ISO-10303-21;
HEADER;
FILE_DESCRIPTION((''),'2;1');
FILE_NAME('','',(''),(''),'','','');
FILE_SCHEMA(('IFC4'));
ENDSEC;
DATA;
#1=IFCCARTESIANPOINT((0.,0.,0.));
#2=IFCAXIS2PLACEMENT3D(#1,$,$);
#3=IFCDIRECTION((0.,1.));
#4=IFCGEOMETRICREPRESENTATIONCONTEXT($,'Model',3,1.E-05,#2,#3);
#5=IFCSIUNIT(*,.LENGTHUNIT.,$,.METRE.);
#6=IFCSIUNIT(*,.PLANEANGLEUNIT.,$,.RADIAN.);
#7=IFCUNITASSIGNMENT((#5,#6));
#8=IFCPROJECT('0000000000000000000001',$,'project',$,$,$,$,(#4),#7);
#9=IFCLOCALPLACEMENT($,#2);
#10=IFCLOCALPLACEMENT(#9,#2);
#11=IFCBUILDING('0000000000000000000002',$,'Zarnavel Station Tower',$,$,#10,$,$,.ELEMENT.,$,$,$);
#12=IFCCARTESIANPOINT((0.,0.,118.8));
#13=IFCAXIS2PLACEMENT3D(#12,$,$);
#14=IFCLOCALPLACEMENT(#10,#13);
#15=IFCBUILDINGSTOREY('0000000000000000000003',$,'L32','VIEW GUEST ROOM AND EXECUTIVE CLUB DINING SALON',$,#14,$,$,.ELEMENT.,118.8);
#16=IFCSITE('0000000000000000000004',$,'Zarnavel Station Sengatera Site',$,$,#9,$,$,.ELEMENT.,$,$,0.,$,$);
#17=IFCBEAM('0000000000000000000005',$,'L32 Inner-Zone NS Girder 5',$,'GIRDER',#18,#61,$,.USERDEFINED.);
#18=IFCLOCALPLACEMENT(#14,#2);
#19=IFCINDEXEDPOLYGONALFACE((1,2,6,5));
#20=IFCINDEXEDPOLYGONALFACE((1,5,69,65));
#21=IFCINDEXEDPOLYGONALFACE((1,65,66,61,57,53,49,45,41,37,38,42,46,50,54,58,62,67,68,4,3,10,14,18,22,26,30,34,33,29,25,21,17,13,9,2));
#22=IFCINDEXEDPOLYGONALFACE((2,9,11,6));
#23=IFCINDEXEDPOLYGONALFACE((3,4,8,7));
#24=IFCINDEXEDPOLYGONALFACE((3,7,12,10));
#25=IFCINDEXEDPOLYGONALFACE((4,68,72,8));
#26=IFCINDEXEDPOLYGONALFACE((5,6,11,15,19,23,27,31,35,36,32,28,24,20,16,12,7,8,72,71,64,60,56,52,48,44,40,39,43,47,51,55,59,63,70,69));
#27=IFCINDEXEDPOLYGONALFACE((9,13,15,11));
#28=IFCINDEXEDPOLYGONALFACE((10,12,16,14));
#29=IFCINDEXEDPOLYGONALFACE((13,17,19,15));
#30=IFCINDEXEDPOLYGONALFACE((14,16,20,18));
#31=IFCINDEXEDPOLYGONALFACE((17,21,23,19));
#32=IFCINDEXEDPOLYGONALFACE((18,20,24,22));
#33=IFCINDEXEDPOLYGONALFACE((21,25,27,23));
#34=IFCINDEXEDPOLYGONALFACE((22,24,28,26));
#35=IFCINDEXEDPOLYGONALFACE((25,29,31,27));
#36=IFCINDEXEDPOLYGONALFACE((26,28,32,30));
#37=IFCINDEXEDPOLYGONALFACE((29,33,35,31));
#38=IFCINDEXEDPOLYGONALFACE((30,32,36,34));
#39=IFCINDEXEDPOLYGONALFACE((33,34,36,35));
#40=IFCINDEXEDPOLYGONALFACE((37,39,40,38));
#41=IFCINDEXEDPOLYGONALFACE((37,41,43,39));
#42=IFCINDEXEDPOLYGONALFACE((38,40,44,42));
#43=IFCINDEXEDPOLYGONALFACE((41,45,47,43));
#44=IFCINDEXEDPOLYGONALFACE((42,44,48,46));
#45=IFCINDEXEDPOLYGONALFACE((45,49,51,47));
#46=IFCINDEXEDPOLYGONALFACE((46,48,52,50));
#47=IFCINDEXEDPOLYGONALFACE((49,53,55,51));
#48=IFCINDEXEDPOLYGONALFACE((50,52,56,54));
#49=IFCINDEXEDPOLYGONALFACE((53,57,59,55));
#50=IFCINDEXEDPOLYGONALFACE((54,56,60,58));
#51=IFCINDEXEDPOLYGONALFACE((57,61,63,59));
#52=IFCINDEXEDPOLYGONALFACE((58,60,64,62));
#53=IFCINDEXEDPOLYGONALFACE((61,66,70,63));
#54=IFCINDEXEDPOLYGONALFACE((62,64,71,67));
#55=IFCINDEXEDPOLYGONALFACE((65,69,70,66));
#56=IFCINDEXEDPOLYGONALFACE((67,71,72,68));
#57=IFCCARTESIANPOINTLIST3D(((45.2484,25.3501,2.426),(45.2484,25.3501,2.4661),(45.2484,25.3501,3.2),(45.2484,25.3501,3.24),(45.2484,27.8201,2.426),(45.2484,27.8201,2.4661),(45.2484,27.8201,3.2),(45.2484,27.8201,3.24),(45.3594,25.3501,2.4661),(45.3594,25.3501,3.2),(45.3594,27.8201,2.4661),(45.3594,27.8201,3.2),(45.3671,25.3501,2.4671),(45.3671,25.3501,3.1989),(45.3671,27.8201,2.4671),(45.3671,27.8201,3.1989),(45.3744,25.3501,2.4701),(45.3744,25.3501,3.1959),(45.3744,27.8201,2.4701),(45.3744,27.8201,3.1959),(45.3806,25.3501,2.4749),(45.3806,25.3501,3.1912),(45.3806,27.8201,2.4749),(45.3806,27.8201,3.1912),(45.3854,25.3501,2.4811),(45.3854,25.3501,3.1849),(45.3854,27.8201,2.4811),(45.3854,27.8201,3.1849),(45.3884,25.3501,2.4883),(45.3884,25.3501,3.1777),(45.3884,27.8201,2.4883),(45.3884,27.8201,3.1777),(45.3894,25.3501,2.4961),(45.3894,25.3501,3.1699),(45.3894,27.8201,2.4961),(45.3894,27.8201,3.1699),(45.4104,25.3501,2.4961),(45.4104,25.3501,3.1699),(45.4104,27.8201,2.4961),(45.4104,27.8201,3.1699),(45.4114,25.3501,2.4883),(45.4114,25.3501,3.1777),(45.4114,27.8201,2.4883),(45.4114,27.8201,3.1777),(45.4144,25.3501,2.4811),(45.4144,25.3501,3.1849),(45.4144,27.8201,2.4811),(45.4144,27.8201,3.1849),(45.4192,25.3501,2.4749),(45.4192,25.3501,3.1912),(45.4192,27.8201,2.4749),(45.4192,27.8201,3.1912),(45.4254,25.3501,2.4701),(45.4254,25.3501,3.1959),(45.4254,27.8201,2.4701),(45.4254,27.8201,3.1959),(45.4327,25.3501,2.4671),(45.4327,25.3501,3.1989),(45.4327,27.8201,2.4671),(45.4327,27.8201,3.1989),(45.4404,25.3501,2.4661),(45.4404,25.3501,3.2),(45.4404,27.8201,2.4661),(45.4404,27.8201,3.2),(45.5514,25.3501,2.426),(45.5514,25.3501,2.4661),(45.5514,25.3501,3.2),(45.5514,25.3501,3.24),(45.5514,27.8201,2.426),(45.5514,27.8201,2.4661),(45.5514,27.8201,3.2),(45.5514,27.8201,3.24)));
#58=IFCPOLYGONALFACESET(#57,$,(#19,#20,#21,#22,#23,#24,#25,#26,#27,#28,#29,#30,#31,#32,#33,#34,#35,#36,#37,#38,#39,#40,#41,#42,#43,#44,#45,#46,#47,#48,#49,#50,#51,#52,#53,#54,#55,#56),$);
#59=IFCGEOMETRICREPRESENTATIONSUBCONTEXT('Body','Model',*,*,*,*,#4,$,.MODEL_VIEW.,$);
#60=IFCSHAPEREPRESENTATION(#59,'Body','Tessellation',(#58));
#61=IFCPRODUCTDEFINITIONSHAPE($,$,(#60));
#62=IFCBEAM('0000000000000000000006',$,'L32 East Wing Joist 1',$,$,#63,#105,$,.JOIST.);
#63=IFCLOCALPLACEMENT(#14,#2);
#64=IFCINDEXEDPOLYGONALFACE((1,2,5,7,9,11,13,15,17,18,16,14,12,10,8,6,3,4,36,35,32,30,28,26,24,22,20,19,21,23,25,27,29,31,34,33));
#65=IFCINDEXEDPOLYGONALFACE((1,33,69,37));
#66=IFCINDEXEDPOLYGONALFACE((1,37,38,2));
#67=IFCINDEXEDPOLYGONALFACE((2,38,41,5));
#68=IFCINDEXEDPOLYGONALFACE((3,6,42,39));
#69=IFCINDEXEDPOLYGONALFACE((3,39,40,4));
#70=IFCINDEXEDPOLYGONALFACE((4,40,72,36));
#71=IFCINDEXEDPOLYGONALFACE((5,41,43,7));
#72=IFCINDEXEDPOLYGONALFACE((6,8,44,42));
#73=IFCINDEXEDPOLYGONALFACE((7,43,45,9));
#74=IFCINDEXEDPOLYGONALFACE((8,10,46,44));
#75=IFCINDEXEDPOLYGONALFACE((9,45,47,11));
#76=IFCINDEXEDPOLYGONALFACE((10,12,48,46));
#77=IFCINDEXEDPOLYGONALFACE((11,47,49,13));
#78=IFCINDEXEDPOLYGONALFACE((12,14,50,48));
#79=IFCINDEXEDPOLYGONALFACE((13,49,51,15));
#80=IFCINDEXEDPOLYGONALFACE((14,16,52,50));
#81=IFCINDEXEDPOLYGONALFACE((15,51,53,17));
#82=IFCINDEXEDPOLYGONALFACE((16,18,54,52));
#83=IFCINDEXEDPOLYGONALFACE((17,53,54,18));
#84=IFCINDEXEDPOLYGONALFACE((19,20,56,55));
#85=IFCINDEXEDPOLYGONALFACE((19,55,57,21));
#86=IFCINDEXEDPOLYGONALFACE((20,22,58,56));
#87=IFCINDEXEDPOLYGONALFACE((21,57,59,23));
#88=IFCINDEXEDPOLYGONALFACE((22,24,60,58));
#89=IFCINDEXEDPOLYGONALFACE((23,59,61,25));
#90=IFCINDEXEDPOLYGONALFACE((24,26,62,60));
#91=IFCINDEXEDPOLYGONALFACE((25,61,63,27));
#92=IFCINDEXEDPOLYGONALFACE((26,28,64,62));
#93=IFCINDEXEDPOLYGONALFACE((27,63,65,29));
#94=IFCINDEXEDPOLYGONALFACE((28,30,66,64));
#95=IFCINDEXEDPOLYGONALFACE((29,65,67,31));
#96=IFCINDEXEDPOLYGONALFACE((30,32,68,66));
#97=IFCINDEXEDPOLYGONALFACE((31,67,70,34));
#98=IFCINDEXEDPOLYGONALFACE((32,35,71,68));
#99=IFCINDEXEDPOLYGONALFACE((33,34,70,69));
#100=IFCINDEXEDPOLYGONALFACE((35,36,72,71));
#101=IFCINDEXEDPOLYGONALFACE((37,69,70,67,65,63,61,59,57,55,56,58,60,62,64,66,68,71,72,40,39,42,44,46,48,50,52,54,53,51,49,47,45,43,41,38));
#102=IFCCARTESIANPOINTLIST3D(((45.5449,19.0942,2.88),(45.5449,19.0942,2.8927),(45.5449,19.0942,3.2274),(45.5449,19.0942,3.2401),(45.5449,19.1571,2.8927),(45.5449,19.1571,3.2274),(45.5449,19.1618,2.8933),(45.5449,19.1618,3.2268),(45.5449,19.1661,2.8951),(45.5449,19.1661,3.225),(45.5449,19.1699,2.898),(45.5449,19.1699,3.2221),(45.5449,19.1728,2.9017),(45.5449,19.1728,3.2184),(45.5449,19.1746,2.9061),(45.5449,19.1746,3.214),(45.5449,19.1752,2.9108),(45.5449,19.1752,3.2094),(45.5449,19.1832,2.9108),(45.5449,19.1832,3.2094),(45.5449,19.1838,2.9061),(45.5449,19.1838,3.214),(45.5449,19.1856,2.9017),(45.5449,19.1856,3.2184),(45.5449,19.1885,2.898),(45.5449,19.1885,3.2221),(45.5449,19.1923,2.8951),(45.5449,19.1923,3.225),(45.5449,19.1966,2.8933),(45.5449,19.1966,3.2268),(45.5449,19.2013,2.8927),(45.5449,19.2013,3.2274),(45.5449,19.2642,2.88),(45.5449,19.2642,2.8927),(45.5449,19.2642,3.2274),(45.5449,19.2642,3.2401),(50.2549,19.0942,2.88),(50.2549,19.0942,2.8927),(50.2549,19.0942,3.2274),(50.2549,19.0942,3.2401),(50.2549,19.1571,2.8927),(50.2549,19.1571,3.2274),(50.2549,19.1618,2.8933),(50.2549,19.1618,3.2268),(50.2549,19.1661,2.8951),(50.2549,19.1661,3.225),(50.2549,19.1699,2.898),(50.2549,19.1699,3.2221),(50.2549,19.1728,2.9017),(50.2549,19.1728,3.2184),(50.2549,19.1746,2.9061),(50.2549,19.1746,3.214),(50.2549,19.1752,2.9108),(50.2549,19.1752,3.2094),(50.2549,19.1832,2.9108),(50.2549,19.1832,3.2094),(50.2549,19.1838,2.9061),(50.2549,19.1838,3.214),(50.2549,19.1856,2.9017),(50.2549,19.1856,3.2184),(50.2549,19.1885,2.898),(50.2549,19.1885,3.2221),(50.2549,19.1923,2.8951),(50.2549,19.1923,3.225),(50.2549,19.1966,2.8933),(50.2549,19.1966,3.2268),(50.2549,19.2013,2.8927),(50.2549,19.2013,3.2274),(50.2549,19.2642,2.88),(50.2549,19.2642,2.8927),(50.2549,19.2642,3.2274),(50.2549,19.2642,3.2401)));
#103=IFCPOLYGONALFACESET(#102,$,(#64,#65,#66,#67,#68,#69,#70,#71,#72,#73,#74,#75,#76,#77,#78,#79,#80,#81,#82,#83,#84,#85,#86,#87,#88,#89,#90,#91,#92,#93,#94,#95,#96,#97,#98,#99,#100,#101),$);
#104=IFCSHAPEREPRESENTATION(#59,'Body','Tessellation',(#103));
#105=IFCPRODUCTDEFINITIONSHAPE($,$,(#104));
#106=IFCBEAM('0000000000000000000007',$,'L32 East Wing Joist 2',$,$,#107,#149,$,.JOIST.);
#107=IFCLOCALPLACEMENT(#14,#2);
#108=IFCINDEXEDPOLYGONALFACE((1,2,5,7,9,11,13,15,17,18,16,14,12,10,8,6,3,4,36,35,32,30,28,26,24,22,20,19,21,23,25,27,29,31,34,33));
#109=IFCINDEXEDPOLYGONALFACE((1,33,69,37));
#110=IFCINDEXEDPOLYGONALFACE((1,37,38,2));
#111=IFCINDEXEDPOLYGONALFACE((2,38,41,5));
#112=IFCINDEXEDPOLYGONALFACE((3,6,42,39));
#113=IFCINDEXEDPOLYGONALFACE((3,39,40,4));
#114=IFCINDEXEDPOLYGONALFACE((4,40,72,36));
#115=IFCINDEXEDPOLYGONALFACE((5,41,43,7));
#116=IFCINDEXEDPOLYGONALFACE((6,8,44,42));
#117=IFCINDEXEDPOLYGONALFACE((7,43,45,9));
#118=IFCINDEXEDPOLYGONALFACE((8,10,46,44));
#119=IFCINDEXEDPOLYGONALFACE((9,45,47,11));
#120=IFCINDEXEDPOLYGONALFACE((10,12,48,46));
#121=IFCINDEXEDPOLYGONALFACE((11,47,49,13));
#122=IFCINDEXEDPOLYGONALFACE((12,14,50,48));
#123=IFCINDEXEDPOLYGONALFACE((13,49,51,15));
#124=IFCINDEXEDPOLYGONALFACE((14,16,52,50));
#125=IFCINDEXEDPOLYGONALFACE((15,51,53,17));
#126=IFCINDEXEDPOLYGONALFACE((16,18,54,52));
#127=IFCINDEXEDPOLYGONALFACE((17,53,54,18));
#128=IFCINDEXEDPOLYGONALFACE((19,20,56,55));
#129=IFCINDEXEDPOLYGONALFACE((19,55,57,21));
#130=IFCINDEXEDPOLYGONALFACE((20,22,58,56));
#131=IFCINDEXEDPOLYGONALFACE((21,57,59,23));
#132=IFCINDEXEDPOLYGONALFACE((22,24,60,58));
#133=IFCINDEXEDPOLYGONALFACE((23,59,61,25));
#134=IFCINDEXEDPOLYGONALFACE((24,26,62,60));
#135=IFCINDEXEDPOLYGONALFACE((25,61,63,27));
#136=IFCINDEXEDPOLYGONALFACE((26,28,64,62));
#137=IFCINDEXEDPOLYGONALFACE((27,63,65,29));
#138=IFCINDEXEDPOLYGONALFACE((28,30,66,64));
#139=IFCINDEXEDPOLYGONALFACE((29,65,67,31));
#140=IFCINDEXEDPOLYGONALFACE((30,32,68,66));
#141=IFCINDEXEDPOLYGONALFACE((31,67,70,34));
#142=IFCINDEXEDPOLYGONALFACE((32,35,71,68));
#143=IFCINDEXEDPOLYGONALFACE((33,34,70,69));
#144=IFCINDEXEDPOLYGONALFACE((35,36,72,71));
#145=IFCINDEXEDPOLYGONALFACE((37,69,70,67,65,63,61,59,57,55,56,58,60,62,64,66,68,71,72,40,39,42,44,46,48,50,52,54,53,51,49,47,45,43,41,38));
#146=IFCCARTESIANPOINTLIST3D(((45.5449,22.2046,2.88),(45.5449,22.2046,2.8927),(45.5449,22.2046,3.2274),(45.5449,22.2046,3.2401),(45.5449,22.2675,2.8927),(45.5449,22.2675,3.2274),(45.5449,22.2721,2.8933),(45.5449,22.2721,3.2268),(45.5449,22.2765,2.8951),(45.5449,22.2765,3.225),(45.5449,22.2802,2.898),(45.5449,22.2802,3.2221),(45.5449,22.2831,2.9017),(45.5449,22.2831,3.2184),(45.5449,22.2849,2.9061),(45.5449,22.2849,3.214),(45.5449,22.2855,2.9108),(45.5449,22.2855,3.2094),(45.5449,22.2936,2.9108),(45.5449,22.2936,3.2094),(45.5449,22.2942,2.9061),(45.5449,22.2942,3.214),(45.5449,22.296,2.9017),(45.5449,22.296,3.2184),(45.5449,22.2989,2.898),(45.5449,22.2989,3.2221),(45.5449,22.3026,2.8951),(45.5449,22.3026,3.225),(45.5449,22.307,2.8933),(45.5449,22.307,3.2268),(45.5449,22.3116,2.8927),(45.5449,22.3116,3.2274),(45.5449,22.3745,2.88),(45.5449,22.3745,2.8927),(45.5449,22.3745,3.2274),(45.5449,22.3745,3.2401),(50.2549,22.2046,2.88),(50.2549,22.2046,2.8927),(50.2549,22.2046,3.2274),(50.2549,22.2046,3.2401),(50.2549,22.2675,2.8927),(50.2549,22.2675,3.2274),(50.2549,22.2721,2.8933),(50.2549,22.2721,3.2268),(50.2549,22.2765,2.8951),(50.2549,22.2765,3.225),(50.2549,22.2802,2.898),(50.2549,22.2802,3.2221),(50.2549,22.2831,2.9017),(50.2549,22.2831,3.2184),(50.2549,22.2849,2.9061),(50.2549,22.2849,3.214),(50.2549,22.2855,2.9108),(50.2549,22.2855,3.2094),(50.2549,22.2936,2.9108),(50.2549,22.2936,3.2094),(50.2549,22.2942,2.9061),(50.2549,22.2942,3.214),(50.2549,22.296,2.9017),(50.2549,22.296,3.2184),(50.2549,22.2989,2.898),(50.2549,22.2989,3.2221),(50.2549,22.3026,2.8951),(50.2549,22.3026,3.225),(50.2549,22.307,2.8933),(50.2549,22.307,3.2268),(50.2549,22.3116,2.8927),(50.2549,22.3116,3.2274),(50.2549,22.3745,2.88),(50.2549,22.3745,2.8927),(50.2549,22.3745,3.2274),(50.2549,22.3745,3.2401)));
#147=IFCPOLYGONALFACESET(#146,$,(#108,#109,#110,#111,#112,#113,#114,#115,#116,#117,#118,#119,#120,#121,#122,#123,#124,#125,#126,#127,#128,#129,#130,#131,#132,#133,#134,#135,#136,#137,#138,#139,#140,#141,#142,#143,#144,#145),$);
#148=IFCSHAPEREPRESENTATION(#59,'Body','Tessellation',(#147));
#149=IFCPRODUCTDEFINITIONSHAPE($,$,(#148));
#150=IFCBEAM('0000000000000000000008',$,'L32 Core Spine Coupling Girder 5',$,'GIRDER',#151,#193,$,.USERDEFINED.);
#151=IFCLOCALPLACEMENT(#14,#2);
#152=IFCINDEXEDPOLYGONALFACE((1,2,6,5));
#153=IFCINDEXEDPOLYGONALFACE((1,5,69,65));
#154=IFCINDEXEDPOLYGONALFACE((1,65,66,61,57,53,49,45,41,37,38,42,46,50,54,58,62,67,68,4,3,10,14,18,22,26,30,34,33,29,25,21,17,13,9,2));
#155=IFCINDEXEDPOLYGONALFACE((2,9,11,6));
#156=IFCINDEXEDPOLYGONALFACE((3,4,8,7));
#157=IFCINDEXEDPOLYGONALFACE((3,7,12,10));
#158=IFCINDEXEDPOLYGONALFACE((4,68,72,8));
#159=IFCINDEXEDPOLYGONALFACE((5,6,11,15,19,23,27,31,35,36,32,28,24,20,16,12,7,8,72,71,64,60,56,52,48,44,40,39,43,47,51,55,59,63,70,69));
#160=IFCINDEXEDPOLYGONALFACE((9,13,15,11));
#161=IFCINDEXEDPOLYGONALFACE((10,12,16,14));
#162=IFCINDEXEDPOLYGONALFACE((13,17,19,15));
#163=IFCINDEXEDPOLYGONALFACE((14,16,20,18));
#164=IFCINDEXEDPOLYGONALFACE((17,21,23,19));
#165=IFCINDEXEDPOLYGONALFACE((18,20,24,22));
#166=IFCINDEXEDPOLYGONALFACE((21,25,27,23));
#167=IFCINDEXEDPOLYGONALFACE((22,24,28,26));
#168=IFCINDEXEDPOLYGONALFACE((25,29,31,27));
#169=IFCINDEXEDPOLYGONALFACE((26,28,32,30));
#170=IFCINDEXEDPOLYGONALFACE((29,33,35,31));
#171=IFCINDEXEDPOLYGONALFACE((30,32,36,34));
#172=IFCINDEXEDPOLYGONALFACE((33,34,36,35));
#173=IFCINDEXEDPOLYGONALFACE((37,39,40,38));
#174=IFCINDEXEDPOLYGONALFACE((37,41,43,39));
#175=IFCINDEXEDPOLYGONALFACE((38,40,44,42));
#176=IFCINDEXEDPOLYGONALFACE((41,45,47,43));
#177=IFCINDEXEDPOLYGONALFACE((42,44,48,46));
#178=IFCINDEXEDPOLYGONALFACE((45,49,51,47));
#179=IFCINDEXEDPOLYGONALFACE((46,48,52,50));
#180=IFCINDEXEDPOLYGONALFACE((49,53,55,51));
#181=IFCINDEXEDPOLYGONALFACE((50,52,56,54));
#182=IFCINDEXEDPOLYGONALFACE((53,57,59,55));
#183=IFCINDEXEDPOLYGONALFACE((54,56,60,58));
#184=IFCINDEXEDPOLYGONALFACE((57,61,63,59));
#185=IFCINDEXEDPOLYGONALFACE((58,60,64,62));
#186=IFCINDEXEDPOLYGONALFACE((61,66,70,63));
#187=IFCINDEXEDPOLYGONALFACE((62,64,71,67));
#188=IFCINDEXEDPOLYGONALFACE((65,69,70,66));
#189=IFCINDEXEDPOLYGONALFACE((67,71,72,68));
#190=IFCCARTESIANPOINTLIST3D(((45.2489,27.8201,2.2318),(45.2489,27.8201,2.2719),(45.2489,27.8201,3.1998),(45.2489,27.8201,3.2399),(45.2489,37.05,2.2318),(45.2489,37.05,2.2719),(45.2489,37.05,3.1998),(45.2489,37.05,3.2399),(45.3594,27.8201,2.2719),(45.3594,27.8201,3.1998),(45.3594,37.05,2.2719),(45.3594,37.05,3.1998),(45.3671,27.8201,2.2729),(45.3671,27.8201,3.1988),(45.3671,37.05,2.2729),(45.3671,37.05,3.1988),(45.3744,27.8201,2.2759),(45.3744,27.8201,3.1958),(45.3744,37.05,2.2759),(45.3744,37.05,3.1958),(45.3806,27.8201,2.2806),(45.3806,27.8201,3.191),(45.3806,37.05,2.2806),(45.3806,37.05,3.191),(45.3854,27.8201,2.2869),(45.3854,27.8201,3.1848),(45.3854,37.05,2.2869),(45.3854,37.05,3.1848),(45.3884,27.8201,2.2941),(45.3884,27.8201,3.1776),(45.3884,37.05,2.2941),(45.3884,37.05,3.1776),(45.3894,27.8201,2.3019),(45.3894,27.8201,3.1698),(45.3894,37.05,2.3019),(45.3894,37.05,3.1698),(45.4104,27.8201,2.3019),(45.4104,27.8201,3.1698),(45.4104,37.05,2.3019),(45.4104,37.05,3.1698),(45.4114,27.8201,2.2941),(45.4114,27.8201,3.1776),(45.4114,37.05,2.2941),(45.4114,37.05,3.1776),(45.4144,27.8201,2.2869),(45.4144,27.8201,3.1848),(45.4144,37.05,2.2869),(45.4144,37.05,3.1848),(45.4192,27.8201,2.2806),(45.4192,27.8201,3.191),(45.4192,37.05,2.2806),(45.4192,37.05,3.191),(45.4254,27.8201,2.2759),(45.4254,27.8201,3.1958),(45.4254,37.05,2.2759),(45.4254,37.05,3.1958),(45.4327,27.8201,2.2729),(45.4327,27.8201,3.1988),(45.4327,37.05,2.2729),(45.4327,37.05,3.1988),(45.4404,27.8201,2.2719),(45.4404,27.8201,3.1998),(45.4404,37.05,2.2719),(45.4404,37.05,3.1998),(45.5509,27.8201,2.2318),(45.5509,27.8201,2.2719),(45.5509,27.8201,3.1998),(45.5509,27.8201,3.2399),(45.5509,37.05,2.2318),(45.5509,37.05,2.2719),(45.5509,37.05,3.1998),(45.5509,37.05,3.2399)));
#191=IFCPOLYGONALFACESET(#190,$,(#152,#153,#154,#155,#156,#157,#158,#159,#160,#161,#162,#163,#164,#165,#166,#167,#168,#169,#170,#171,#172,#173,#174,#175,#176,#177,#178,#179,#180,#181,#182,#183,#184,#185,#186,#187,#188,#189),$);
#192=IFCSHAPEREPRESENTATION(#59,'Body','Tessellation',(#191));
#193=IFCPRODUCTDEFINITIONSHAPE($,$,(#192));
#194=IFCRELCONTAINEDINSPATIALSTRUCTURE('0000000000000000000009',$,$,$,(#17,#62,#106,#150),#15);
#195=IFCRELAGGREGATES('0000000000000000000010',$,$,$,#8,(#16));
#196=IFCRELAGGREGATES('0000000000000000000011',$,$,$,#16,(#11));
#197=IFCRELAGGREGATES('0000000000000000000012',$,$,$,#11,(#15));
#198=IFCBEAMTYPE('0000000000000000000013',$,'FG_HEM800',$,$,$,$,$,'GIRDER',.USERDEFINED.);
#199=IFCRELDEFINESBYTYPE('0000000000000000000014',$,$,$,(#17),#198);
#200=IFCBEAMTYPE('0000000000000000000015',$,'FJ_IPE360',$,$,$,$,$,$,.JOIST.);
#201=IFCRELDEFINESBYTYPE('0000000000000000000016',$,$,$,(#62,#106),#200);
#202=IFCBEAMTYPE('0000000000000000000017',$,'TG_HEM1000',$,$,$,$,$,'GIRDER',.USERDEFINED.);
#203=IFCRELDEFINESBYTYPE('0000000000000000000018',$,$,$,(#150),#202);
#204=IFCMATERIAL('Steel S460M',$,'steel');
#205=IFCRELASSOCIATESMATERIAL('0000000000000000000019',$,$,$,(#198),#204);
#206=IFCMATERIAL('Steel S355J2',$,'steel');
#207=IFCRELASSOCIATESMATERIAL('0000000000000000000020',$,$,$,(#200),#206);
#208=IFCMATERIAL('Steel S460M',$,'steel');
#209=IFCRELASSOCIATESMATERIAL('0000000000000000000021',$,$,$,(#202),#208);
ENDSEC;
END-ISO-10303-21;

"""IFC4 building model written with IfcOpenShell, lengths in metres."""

from ifc_helpers import new_model, si_unit, direction, frame, origin, origin_2d, place, context, subcontext, project, spatial, i_section, extrude, material, material_profile, profile_set, type_object, element, save


model = new_model("IFC4")

# Units and contexts
model_context = context("Model", 3, precision=1e-05, world=origin(), true_north=direction((0.0, 1.0)))
body_context = subcontext(model_context, "Body", "Model", "MODEL_VIEW")
ifc_project = project(units=[si_unit("LENGTHUNIT", "METRE"), si_unit("PLANEANGLEUNIT", "RADIAN")], contexts=[model_context])

# Site, building, storey
site_placement = place(None, origin())
site = spatial("IfcSite", under=ifc_project, at=site_placement, Name="Zarnavel Station Sengatera Site", CompositionType="ELEMENT", RefElevation=0.0)
building_placement = place(site_placement, origin())
building = spatial("IfcBuilding", under=site, at=building_placement, Name="Zarnavel Station Tower", CompositionType="ELEMENT")
storey_placement = place(building_placement, frame((0.0, 0.0, 118.8)))
storey = spatial("IfcBuildingStorey", under=building, at=storey_placement, Name="L32", Description="VIEW GUEST ROOM AND EXECUTIVE CLUB DINING SALON", CompositionType="ELEMENT", Elevation=118.8)

# Beams
ifc_material_1 = material(Name="Steel S460M", Category="steel")
ifc_material_profile_1 = material_profile(ifc_material_1, i_section(OverallWidth=0.303, OverallDepth=0.814, WebThickness=0.021, FlangeThickness=0.04, FilletRadius=0.03, at=origin_2d()), Name="HEM800")
ifc_profile_set_1 = profile_set([ifc_material_profile_1], Name="Steel S460M")
beam_type_1 = type_object("IfcBeamType", Name="FG_HEM800", ElementType="GIRDER", PredefinedType="USERDEFINED", material=ifc_profile_set_1)
beam_1_placement = place(storey_placement, frame((45.3999, 25.3501, 2.833), z_axis=(0.0, 1.0, 0.0), x_axis=(-1.0, 0.0, 0.0)))
element("IfcBeam", 1, at=beam_1_placement, inside=storey, type_object=beam_type_1, Name="L32 Inner-Zone NS Girder 5", ObjectType="GIRDER", PredefinedType="USERDEFINED", context=body_context, shape_type="SweptSolid", body=[
    extrude(i_section(OverallWidth=0.303, OverallDepth=0.814, WebThickness=0.021, FlangeThickness=0.04, FilletRadius=0.03, at=origin_2d()), origin(), (0.0, 0.0, 1.0), 2.47),
])
ifc_material_2 = material(Name="Steel S355J2", Category="steel")
ifc_material_profile_2 = material_profile(ifc_material_2, i_section(OverallWidth=0.1699, OverallDepth=0.3601, WebThickness=0.0081, FlangeThickness=0.0127, FilletRadius=0.0181, at=origin_2d()), Name="IPE360")
ifc_profile_set_2 = profile_set([ifc_material_profile_2], Name="Steel S355J2")
beam_type_2 = type_object("IfcBeamType", Name="FJ_IPE360", PredefinedType="JOIST", material=ifc_profile_set_2)
for number, where, z_axis, x_axis, name in (
    (2, (45.5449, 19.1792, 3.0601), (1.0, 0.0, 0.0), (0.0, 1.0, 0.0), "L32 East Wing Joist 1"),
    (3, (45.5449, 22.2896, 3.0601), (1.0, 0.0, 0.0), (0.0, 1.0, 0.0), "L32 East Wing Joist 2"),
):
    element("IfcBeam", number, at=place(storey_placement, frame(where, z_axis=z_axis, x_axis=x_axis)), inside=storey, type_object=beam_type_2, Name=name, PredefinedType="JOIST", context=body_context, shape_type="SweptSolid", body=[
        extrude(i_section(OverallWidth=0.1699, OverallDepth=0.3601, WebThickness=0.0081, FlangeThickness=0.0127, FilletRadius=0.0181, at=origin_2d()), origin(), (0.0, 0.0, 1.0), 4.71),
    ])
ifc_material_3 = material(Name="Steel S460M", Category="steel")
ifc_material_profile_3 = material_profile(ifc_material_3, i_section(OverallWidth=0.302, OverallDepth=1.0081, WebThickness=0.021, FlangeThickness=0.04, FilletRadius=0.03, at=origin_2d()), Name="HEM1000")
ifc_profile_set_3 = profile_set([ifc_material_profile_3], Name="Steel S460M")
beam_type_3 = type_object("IfcBeamType", Name="TG_HEM1000", ElementType="GIRDER", PredefinedType="USERDEFINED", material=ifc_profile_set_3)
beam_2_placement = place(storey_placement, frame((45.3999, 27.8201, 2.7358), z_axis=(0.0, 1.0, 0.0), x_axis=(-1.0, 0.0, 0.0)))
element("IfcBeam", 4, at=beam_2_placement, inside=storey, type_object=beam_type_3, Name="L32 Core Spine Coupling Girder 5", ObjectType="GIRDER", PredefinedType="USERDEFINED", context=body_context, shape_type="SweptSolid", body=[
    extrude(i_section(OverallWidth=0.302, OverallDepth=1.0081, WebThickness=0.021, FlangeThickness=0.04, FilletRadius=0.03, at=origin_2d()), origin(), (0.0, 0.0, 1.0), 9.23),
])

save(model, "model.ifc")
